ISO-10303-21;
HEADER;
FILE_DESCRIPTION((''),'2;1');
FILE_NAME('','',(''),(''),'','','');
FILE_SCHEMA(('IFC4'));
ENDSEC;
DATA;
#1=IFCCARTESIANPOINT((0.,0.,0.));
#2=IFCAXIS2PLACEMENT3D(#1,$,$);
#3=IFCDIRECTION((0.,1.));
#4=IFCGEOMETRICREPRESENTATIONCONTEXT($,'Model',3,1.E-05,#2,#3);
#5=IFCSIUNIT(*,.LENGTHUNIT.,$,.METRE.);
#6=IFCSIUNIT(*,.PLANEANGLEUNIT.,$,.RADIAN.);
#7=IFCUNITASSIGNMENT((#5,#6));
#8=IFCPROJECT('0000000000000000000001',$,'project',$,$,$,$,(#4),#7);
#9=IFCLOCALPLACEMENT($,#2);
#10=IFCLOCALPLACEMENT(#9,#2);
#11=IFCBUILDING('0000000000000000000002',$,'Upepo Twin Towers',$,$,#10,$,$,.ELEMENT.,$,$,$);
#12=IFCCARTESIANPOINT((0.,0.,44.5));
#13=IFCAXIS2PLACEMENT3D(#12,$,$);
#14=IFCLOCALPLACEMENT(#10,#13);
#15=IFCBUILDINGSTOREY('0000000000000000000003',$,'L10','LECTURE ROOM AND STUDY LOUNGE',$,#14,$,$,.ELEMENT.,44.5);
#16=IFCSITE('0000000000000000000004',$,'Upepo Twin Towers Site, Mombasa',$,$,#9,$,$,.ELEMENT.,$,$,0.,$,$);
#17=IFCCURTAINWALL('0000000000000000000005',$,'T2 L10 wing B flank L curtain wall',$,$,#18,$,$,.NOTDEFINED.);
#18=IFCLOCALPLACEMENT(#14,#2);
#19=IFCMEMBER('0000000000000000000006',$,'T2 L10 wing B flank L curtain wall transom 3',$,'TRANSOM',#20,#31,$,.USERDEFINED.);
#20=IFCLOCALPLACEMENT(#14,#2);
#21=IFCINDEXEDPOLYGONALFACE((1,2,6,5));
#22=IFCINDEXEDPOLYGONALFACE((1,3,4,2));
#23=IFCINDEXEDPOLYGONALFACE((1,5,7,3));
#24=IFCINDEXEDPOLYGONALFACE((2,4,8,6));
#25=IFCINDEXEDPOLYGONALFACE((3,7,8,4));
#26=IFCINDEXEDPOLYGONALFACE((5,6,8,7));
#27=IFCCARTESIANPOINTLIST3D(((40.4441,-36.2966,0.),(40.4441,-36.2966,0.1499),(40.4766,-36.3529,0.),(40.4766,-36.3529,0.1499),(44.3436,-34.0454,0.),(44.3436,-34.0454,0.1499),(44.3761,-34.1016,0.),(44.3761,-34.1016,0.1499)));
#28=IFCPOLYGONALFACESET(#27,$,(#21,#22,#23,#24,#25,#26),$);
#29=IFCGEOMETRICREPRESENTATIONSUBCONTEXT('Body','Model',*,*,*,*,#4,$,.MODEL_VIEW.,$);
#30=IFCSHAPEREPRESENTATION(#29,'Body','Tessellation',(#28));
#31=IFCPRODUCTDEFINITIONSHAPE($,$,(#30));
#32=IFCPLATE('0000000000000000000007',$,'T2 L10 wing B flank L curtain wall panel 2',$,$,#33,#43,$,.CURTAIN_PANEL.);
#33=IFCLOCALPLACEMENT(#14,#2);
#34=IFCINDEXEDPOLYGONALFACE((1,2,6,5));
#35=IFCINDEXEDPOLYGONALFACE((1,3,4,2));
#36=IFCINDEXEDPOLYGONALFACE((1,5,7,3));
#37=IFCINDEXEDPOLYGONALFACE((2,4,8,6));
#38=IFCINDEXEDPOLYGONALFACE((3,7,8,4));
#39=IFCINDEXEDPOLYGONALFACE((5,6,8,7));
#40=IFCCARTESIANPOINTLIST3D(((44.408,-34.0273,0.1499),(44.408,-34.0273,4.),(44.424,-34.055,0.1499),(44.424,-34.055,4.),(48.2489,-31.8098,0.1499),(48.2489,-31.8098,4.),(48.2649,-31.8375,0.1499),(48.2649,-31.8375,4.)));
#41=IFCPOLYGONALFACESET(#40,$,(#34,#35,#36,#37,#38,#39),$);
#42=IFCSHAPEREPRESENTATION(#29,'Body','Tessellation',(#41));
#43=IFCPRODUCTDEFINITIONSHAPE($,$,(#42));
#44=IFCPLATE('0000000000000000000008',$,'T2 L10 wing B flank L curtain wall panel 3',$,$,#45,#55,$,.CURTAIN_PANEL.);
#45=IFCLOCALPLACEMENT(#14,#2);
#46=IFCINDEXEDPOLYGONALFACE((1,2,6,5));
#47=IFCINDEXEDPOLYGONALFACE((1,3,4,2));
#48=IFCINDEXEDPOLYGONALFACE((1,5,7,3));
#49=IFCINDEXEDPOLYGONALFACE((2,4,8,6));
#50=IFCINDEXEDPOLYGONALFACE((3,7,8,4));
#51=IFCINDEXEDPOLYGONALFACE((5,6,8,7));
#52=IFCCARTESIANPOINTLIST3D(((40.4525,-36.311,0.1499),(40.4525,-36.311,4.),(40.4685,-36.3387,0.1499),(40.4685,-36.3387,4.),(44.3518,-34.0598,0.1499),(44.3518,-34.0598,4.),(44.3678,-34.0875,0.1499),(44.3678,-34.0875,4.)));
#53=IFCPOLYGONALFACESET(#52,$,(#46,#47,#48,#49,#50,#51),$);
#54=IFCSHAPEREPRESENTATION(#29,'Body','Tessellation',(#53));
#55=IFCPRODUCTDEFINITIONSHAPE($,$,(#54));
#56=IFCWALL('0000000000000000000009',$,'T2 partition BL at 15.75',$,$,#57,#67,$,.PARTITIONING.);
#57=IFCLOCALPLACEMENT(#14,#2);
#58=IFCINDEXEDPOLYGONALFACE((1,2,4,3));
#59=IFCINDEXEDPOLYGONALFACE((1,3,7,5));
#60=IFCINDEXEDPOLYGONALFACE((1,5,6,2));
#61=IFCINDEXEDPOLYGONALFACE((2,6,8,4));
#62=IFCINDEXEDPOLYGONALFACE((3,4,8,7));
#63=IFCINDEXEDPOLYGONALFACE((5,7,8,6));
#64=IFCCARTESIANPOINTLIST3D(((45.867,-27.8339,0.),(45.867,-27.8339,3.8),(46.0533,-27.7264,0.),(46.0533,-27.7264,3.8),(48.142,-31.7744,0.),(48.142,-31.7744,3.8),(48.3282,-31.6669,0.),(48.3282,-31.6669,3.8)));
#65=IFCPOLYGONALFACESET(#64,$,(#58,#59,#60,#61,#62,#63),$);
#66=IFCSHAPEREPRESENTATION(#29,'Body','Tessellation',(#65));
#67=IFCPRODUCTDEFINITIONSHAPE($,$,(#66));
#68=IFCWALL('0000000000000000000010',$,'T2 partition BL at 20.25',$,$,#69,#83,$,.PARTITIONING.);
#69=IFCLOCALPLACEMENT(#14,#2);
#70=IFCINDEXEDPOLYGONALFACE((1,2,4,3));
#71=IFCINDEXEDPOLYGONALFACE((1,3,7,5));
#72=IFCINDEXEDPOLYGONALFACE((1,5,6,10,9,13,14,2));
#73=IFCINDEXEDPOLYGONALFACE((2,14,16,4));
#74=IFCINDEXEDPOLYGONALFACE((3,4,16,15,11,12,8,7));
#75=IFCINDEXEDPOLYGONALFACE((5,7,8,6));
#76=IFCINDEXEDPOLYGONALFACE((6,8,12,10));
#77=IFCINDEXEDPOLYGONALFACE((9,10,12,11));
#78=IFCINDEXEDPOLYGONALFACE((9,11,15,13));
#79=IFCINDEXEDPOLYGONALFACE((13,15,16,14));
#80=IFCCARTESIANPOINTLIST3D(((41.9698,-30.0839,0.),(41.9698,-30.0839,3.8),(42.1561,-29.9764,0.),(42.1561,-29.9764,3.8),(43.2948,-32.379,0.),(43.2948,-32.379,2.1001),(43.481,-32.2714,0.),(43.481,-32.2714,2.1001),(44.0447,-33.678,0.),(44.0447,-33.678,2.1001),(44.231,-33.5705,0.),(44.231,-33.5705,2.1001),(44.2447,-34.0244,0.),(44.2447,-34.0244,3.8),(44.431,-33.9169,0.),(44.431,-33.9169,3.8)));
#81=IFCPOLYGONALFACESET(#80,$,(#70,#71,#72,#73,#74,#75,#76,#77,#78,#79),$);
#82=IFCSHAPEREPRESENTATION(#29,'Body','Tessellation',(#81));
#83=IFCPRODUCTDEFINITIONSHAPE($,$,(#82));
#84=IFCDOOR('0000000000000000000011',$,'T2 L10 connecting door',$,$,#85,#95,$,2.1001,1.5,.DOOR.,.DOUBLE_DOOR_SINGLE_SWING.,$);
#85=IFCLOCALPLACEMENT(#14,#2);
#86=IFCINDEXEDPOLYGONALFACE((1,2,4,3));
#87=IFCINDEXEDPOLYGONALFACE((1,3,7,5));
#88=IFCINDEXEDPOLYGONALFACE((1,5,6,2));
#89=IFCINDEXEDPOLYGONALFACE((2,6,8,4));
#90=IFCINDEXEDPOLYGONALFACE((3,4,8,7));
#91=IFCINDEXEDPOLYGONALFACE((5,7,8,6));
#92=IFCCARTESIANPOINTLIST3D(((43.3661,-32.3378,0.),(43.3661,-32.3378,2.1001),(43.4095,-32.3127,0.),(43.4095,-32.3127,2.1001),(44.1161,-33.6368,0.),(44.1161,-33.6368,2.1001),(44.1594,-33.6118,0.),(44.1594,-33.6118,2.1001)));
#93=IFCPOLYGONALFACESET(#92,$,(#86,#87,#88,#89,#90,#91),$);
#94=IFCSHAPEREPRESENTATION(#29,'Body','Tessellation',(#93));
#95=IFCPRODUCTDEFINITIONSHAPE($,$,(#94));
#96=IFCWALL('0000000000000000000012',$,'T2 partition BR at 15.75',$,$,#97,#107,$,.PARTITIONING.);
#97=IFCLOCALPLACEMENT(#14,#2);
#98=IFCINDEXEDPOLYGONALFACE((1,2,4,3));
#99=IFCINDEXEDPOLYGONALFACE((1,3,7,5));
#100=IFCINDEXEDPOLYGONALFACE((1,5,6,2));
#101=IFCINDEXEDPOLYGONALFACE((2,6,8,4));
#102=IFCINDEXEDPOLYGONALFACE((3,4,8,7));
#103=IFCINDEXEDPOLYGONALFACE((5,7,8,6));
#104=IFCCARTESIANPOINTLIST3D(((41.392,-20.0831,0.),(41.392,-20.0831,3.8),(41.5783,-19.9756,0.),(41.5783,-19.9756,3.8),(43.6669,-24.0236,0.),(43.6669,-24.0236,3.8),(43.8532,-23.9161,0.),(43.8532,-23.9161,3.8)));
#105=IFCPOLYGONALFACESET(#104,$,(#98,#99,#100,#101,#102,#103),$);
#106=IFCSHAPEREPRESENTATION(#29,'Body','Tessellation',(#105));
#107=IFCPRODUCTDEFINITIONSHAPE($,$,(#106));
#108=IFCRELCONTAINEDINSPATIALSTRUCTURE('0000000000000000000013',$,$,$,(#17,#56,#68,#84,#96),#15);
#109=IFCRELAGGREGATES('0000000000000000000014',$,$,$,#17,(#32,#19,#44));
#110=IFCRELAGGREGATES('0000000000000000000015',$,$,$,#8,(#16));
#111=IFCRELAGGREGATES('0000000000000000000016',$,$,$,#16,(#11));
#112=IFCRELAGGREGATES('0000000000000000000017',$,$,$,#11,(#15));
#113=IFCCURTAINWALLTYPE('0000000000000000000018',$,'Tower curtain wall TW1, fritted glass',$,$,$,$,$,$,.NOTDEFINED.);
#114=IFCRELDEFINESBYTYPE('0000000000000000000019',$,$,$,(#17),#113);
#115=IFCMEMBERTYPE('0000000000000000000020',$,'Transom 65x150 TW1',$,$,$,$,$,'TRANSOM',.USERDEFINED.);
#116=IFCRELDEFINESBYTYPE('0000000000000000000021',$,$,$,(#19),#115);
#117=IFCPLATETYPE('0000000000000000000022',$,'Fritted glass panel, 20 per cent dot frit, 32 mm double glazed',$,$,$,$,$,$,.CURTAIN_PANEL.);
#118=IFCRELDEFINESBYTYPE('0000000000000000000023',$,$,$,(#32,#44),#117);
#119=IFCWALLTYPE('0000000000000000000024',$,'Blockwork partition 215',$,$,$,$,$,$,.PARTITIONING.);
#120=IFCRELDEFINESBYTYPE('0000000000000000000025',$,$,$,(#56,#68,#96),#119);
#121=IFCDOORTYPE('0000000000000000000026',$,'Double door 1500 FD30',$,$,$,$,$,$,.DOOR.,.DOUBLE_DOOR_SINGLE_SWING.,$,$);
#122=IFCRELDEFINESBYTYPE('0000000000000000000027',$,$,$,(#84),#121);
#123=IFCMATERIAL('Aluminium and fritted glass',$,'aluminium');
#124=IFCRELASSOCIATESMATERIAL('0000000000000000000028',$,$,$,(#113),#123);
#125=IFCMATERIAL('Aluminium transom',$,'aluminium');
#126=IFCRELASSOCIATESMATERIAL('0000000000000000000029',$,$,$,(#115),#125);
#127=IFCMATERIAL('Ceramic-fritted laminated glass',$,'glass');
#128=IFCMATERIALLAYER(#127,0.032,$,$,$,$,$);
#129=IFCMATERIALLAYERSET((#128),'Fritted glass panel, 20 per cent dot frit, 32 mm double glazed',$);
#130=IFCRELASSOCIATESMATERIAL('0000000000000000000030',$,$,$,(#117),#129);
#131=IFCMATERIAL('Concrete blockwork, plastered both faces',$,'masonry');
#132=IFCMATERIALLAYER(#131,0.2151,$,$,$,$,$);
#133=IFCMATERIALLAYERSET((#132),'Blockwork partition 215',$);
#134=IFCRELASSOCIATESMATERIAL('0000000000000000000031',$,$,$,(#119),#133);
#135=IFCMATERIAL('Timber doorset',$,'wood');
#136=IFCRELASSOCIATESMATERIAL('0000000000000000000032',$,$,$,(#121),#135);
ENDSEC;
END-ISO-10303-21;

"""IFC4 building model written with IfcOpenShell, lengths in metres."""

from ifc_helpers import new_model, si_unit, direction, frame, frame_2d, origin, origin_2d, place, context, subcontext, project, spatial, rectangle, extrude, material, layer, layer_set, material_profile, profile_set, type_object, element, fill, aggregate, save


model = new_model("IFC4")

# Units and contexts
model_context = context("Model", 3, precision=1e-05, world=origin(), true_north=direction((0.0, 1.0)))
body_context = subcontext(model_context, "Body", "Model", "MODEL_VIEW")
ifc_project = project(units=[si_unit("LENGTHUNIT", "METRE"), si_unit("PLANEANGLEUNIT", "RADIAN")], contexts=[model_context])

# Site, building, storey
site_placement = place(None, origin())
site = spatial("IfcSite", under=ifc_project, at=site_placement, Name="Upepo Twin Towers Site, Mombasa", CompositionType="ELEMENT", RefElevation=0.0)
building_placement = place(site_placement, origin())
building = spatial("IfcBuilding", under=site, at=building_placement, Name="Upepo Twin Towers", CompositionType="ELEMENT")
storey_placement = place(building_placement, frame((0.0, 0.0, 44.5)))
storey = spatial("IfcBuildingStorey", under=building, at=storey_placement, Name="L10", Description="LECTURE ROOM AND STUDY LOUNGE", CompositionType="ELEMENT", Elevation=44.5)

# Curtain wall, member, plates
ifc_material_1 = material(Name="Aluminium and fritted glass", Category="aluminium")
curtain_wall_type = type_object("IfcCurtainWallType", Name="Tower curtain wall TW1, fritted glass", PredefinedType="NOTDEFINED", material=ifc_material_1)
curtain_wall_placement = place(storey_placement, origin())
curtain_wall = element("IfcCurtainWall", 1, at=curtain_wall_placement, inside=storey, type_object=curtain_wall_type, Name="T2 L10 wing B flank L curtain wall", PredefinedType="NOTDEFINED")
ifc_material_2 = material(Name="Aluminium transom", Category="aluminium")
ifc_material_profile_1 = material_profile(ifc_material_2, rectangle(XDim=0.0649, YDim=0.1499, at=origin_2d()), Name="TRANSOM 65x150")
ifc_profile_set_1 = profile_set([ifc_material_profile_1], Name="Aluminium transom")
member_type_1 = type_object("IfcMemberType", Name="Transom 65x150 TW1", ElementType="TRANSOM", PredefinedType="USERDEFINED", material=ifc_profile_set_1)
member_1_placement = place(storey_placement, frame((44.3599, -34.0735, 0.075), z_axis=(-0.866036, -0.499982, 0.0), x_axis=(0.499982, -0.866036, 0.0)))
member_1 = element("IfcMember", 2, at=member_1_placement, type_object=member_type_1, Name="T2 L10 wing B flank L curtain wall transom 3", ObjectType="TRANSOM", PredefinedType="USERDEFINED", context=body_context, shape_type="SweptSolid", body=[
    extrude(rectangle(XDim=0.0649, YDim=0.1499, at=origin_2d()), origin(), (0.0, 0.0, 1.0), 4.5027),
])
ifc_material_3 = material(Name="Ceramic-fritted laminated glass", Category="glass")
ifc_layer_1 = layer(ifc_material_3, 0.032)
ifc_layer_set_1 = layer_set([ifc_layer_1], Name="Fritted glass panel, 20 per cent dot frit, 32 mm double glazed")
plate_type = type_object("IfcPlateType", Name="Fritted glass panel, 20 per cent dot frit, 32 mm double glazed", PredefinedType="CURTAIN_PANEL", material=ifc_layer_set_1)
plate_1_placement = place(storey_placement, frame((46.3364, -32.9324, 0.1499), z_axis=(0.0, 0.0, 1.0), x_axis=(-0.866025, -0.5, 0.0)))
plate_1 = element("IfcPlate", 3, at=plate_1_placement, type_object=plate_type, Name="T2 L10 wing B flank L curtain wall panel 2", PredefinedType="CURTAIN_PANEL", context=body_context, shape_type="SweptSolid", body=[
    extrude(rectangle(XDim=4.4351, YDim=0.032, at=origin_2d()), origin(), (0.0, 0.0, 1.0), 3.8501),
])
plate_2_placement = place(storey_placement, frame((42.4102, -35.1992, 0.1499), z_axis=(0.0, 0.0, 1.0), x_axis=(-0.866025, -0.5, 0.0)))
plate_2 = element("IfcPlate", 4, at=plate_2_placement, type_object=plate_type, Name="T2 L10 wing B flank L curtain wall panel 3", PredefinedType="CURTAIN_PANEL", context=body_context, shape_type="SweptSolid", body=[
    extrude(rectangle(XDim=4.5024, YDim=0.032, at=origin_2d()), origin(), (0.0, 0.0, 1.0), 3.8501),
])
aggregate(curtain_wall, [plate_1, member_1, plate_2])

# Wall
ifc_material_4 = material(Name="Concrete blockwork, plastered both faces", Category="masonry")
ifc_layer_2 = layer(ifc_material_4, 0.2151)
ifc_layer_set_2 = layer_set([ifc_layer_2], Name="Blockwork partition 215")
wall_type_1 = type_object("IfcWallType", Name="Blockwork partition 215", PredefinedType="PARTITIONING", material=ifc_layer_set_2)
wall_1_placement = place(storey_placement, frame((45.9602, -27.7803, 0.0), z_axis=(0.0, 0.0, 1.0), x_axis=(0.499983, -0.866035, 0.0)))
element("IfcWall", 5, at=wall_1_placement, inside=storey, type_object=wall_type_1, Name="T2 partition BL at 15.75", PredefinedType="PARTITIONING", context=body_context, shape_type="SweptSolid", body=[
    extrude(rectangle(XDim=4.55, YDim=0.2151, at=frame_2d((2.2749, 0.0))), origin(), (0.0, 0.0, 1.0), 3.8),
])

# Wall, opening, door
wall_2_placement = place(storey_placement, frame((42.063, -30.0303, 0.0), z_axis=(0.0, 0.0, 1.0), x_axis=(0.499983, -0.866035, 0.0)))
wall_2 = element("IfcWall", 6, at=wall_2_placement, inside=storey, type_object=wall_type_1, Name="T2 partition BL at 20.25", PredefinedType="PARTITIONING", context=body_context, shape_type="SweptSolid", body=[
    extrude(rectangle(XDim=4.55, YDim=0.2151, at=frame_2d((2.2749, 0.0))), origin(), (0.0, 0.0, 1.0), 3.8),
])
opening_1_placement = place(wall_2_placement, frame((2.6499, 0.0, 0.0)))
opening_1 = element("IfcOpeningElement", 7, at=opening_1_placement, cuts=wall_2, PredefinedType="OPENING", context=body_context, shape_type="SweptSolid", body=[
    extrude(rectangle(XDim=1.5, YDim=2.1001, at=frame_2d((0.75, 1.05))), frame((0.0, 0.1174, 0.0), z_axis=(0.0, -1.0, 0.0), x_axis=(1.0, 0.0, 0.0)), (0.0, 0.0, 1.0), 0.2351),
])
ifc_material_5 = material(Name="Timber doorset", Category="wood")
door_type_1 = type_object("IfcDoorType", Name="Double door 1500 FD30", OperationType="DOUBLE_DOOR_SINGLE_SWING", PredefinedType="DOOR", material=ifc_material_5)
door_1_placement = place(opening_1_placement, origin())
door_1 = element("IfcDoor", 8, at=door_1_placement, inside=storey, type_object=door_type_1, Name="T2 L10 connecting door", OperationType="DOUBLE_DOOR_SINGLE_SWING", OverallHeight=2.1001, OverallWidth=1.5, PredefinedType="DOOR", context=body_context, shape_type="SweptSolid", body=[
    extrude(rectangle(XDim=1.5, YDim=2.1001, at=frame_2d((0.75, 1.05))), frame((0.0, 0.0249, 0.0), z_axis=(0.0, -1.0, 0.0), x_axis=(1.0, 0.0, 0.0)), (0.0, 0.0, 1.0), 0.05),
])
fill(opening_1, door_1)

# Wall
wall_3_placement = place(storey_placement, frame((43.76, -23.9697, 0.0), z_axis=(0.0, 0.0, 1.0), x_axis=(-0.499983, 0.866035, 0.0)))
element("IfcWall", 9, at=wall_3_placement, inside=storey, type_object=wall_type_1, Name="T2 partition BR at 15.75", PredefinedType="PARTITIONING", context=body_context, shape_type="SweptSolid", body=[
    extrude(rectangle(XDim=4.55, YDim=0.2151, at=frame_2d((2.2749, 0.0))), origin(), (0.0, 0.0, 1.0), 3.8),
])

save(model, "model.ifc")
